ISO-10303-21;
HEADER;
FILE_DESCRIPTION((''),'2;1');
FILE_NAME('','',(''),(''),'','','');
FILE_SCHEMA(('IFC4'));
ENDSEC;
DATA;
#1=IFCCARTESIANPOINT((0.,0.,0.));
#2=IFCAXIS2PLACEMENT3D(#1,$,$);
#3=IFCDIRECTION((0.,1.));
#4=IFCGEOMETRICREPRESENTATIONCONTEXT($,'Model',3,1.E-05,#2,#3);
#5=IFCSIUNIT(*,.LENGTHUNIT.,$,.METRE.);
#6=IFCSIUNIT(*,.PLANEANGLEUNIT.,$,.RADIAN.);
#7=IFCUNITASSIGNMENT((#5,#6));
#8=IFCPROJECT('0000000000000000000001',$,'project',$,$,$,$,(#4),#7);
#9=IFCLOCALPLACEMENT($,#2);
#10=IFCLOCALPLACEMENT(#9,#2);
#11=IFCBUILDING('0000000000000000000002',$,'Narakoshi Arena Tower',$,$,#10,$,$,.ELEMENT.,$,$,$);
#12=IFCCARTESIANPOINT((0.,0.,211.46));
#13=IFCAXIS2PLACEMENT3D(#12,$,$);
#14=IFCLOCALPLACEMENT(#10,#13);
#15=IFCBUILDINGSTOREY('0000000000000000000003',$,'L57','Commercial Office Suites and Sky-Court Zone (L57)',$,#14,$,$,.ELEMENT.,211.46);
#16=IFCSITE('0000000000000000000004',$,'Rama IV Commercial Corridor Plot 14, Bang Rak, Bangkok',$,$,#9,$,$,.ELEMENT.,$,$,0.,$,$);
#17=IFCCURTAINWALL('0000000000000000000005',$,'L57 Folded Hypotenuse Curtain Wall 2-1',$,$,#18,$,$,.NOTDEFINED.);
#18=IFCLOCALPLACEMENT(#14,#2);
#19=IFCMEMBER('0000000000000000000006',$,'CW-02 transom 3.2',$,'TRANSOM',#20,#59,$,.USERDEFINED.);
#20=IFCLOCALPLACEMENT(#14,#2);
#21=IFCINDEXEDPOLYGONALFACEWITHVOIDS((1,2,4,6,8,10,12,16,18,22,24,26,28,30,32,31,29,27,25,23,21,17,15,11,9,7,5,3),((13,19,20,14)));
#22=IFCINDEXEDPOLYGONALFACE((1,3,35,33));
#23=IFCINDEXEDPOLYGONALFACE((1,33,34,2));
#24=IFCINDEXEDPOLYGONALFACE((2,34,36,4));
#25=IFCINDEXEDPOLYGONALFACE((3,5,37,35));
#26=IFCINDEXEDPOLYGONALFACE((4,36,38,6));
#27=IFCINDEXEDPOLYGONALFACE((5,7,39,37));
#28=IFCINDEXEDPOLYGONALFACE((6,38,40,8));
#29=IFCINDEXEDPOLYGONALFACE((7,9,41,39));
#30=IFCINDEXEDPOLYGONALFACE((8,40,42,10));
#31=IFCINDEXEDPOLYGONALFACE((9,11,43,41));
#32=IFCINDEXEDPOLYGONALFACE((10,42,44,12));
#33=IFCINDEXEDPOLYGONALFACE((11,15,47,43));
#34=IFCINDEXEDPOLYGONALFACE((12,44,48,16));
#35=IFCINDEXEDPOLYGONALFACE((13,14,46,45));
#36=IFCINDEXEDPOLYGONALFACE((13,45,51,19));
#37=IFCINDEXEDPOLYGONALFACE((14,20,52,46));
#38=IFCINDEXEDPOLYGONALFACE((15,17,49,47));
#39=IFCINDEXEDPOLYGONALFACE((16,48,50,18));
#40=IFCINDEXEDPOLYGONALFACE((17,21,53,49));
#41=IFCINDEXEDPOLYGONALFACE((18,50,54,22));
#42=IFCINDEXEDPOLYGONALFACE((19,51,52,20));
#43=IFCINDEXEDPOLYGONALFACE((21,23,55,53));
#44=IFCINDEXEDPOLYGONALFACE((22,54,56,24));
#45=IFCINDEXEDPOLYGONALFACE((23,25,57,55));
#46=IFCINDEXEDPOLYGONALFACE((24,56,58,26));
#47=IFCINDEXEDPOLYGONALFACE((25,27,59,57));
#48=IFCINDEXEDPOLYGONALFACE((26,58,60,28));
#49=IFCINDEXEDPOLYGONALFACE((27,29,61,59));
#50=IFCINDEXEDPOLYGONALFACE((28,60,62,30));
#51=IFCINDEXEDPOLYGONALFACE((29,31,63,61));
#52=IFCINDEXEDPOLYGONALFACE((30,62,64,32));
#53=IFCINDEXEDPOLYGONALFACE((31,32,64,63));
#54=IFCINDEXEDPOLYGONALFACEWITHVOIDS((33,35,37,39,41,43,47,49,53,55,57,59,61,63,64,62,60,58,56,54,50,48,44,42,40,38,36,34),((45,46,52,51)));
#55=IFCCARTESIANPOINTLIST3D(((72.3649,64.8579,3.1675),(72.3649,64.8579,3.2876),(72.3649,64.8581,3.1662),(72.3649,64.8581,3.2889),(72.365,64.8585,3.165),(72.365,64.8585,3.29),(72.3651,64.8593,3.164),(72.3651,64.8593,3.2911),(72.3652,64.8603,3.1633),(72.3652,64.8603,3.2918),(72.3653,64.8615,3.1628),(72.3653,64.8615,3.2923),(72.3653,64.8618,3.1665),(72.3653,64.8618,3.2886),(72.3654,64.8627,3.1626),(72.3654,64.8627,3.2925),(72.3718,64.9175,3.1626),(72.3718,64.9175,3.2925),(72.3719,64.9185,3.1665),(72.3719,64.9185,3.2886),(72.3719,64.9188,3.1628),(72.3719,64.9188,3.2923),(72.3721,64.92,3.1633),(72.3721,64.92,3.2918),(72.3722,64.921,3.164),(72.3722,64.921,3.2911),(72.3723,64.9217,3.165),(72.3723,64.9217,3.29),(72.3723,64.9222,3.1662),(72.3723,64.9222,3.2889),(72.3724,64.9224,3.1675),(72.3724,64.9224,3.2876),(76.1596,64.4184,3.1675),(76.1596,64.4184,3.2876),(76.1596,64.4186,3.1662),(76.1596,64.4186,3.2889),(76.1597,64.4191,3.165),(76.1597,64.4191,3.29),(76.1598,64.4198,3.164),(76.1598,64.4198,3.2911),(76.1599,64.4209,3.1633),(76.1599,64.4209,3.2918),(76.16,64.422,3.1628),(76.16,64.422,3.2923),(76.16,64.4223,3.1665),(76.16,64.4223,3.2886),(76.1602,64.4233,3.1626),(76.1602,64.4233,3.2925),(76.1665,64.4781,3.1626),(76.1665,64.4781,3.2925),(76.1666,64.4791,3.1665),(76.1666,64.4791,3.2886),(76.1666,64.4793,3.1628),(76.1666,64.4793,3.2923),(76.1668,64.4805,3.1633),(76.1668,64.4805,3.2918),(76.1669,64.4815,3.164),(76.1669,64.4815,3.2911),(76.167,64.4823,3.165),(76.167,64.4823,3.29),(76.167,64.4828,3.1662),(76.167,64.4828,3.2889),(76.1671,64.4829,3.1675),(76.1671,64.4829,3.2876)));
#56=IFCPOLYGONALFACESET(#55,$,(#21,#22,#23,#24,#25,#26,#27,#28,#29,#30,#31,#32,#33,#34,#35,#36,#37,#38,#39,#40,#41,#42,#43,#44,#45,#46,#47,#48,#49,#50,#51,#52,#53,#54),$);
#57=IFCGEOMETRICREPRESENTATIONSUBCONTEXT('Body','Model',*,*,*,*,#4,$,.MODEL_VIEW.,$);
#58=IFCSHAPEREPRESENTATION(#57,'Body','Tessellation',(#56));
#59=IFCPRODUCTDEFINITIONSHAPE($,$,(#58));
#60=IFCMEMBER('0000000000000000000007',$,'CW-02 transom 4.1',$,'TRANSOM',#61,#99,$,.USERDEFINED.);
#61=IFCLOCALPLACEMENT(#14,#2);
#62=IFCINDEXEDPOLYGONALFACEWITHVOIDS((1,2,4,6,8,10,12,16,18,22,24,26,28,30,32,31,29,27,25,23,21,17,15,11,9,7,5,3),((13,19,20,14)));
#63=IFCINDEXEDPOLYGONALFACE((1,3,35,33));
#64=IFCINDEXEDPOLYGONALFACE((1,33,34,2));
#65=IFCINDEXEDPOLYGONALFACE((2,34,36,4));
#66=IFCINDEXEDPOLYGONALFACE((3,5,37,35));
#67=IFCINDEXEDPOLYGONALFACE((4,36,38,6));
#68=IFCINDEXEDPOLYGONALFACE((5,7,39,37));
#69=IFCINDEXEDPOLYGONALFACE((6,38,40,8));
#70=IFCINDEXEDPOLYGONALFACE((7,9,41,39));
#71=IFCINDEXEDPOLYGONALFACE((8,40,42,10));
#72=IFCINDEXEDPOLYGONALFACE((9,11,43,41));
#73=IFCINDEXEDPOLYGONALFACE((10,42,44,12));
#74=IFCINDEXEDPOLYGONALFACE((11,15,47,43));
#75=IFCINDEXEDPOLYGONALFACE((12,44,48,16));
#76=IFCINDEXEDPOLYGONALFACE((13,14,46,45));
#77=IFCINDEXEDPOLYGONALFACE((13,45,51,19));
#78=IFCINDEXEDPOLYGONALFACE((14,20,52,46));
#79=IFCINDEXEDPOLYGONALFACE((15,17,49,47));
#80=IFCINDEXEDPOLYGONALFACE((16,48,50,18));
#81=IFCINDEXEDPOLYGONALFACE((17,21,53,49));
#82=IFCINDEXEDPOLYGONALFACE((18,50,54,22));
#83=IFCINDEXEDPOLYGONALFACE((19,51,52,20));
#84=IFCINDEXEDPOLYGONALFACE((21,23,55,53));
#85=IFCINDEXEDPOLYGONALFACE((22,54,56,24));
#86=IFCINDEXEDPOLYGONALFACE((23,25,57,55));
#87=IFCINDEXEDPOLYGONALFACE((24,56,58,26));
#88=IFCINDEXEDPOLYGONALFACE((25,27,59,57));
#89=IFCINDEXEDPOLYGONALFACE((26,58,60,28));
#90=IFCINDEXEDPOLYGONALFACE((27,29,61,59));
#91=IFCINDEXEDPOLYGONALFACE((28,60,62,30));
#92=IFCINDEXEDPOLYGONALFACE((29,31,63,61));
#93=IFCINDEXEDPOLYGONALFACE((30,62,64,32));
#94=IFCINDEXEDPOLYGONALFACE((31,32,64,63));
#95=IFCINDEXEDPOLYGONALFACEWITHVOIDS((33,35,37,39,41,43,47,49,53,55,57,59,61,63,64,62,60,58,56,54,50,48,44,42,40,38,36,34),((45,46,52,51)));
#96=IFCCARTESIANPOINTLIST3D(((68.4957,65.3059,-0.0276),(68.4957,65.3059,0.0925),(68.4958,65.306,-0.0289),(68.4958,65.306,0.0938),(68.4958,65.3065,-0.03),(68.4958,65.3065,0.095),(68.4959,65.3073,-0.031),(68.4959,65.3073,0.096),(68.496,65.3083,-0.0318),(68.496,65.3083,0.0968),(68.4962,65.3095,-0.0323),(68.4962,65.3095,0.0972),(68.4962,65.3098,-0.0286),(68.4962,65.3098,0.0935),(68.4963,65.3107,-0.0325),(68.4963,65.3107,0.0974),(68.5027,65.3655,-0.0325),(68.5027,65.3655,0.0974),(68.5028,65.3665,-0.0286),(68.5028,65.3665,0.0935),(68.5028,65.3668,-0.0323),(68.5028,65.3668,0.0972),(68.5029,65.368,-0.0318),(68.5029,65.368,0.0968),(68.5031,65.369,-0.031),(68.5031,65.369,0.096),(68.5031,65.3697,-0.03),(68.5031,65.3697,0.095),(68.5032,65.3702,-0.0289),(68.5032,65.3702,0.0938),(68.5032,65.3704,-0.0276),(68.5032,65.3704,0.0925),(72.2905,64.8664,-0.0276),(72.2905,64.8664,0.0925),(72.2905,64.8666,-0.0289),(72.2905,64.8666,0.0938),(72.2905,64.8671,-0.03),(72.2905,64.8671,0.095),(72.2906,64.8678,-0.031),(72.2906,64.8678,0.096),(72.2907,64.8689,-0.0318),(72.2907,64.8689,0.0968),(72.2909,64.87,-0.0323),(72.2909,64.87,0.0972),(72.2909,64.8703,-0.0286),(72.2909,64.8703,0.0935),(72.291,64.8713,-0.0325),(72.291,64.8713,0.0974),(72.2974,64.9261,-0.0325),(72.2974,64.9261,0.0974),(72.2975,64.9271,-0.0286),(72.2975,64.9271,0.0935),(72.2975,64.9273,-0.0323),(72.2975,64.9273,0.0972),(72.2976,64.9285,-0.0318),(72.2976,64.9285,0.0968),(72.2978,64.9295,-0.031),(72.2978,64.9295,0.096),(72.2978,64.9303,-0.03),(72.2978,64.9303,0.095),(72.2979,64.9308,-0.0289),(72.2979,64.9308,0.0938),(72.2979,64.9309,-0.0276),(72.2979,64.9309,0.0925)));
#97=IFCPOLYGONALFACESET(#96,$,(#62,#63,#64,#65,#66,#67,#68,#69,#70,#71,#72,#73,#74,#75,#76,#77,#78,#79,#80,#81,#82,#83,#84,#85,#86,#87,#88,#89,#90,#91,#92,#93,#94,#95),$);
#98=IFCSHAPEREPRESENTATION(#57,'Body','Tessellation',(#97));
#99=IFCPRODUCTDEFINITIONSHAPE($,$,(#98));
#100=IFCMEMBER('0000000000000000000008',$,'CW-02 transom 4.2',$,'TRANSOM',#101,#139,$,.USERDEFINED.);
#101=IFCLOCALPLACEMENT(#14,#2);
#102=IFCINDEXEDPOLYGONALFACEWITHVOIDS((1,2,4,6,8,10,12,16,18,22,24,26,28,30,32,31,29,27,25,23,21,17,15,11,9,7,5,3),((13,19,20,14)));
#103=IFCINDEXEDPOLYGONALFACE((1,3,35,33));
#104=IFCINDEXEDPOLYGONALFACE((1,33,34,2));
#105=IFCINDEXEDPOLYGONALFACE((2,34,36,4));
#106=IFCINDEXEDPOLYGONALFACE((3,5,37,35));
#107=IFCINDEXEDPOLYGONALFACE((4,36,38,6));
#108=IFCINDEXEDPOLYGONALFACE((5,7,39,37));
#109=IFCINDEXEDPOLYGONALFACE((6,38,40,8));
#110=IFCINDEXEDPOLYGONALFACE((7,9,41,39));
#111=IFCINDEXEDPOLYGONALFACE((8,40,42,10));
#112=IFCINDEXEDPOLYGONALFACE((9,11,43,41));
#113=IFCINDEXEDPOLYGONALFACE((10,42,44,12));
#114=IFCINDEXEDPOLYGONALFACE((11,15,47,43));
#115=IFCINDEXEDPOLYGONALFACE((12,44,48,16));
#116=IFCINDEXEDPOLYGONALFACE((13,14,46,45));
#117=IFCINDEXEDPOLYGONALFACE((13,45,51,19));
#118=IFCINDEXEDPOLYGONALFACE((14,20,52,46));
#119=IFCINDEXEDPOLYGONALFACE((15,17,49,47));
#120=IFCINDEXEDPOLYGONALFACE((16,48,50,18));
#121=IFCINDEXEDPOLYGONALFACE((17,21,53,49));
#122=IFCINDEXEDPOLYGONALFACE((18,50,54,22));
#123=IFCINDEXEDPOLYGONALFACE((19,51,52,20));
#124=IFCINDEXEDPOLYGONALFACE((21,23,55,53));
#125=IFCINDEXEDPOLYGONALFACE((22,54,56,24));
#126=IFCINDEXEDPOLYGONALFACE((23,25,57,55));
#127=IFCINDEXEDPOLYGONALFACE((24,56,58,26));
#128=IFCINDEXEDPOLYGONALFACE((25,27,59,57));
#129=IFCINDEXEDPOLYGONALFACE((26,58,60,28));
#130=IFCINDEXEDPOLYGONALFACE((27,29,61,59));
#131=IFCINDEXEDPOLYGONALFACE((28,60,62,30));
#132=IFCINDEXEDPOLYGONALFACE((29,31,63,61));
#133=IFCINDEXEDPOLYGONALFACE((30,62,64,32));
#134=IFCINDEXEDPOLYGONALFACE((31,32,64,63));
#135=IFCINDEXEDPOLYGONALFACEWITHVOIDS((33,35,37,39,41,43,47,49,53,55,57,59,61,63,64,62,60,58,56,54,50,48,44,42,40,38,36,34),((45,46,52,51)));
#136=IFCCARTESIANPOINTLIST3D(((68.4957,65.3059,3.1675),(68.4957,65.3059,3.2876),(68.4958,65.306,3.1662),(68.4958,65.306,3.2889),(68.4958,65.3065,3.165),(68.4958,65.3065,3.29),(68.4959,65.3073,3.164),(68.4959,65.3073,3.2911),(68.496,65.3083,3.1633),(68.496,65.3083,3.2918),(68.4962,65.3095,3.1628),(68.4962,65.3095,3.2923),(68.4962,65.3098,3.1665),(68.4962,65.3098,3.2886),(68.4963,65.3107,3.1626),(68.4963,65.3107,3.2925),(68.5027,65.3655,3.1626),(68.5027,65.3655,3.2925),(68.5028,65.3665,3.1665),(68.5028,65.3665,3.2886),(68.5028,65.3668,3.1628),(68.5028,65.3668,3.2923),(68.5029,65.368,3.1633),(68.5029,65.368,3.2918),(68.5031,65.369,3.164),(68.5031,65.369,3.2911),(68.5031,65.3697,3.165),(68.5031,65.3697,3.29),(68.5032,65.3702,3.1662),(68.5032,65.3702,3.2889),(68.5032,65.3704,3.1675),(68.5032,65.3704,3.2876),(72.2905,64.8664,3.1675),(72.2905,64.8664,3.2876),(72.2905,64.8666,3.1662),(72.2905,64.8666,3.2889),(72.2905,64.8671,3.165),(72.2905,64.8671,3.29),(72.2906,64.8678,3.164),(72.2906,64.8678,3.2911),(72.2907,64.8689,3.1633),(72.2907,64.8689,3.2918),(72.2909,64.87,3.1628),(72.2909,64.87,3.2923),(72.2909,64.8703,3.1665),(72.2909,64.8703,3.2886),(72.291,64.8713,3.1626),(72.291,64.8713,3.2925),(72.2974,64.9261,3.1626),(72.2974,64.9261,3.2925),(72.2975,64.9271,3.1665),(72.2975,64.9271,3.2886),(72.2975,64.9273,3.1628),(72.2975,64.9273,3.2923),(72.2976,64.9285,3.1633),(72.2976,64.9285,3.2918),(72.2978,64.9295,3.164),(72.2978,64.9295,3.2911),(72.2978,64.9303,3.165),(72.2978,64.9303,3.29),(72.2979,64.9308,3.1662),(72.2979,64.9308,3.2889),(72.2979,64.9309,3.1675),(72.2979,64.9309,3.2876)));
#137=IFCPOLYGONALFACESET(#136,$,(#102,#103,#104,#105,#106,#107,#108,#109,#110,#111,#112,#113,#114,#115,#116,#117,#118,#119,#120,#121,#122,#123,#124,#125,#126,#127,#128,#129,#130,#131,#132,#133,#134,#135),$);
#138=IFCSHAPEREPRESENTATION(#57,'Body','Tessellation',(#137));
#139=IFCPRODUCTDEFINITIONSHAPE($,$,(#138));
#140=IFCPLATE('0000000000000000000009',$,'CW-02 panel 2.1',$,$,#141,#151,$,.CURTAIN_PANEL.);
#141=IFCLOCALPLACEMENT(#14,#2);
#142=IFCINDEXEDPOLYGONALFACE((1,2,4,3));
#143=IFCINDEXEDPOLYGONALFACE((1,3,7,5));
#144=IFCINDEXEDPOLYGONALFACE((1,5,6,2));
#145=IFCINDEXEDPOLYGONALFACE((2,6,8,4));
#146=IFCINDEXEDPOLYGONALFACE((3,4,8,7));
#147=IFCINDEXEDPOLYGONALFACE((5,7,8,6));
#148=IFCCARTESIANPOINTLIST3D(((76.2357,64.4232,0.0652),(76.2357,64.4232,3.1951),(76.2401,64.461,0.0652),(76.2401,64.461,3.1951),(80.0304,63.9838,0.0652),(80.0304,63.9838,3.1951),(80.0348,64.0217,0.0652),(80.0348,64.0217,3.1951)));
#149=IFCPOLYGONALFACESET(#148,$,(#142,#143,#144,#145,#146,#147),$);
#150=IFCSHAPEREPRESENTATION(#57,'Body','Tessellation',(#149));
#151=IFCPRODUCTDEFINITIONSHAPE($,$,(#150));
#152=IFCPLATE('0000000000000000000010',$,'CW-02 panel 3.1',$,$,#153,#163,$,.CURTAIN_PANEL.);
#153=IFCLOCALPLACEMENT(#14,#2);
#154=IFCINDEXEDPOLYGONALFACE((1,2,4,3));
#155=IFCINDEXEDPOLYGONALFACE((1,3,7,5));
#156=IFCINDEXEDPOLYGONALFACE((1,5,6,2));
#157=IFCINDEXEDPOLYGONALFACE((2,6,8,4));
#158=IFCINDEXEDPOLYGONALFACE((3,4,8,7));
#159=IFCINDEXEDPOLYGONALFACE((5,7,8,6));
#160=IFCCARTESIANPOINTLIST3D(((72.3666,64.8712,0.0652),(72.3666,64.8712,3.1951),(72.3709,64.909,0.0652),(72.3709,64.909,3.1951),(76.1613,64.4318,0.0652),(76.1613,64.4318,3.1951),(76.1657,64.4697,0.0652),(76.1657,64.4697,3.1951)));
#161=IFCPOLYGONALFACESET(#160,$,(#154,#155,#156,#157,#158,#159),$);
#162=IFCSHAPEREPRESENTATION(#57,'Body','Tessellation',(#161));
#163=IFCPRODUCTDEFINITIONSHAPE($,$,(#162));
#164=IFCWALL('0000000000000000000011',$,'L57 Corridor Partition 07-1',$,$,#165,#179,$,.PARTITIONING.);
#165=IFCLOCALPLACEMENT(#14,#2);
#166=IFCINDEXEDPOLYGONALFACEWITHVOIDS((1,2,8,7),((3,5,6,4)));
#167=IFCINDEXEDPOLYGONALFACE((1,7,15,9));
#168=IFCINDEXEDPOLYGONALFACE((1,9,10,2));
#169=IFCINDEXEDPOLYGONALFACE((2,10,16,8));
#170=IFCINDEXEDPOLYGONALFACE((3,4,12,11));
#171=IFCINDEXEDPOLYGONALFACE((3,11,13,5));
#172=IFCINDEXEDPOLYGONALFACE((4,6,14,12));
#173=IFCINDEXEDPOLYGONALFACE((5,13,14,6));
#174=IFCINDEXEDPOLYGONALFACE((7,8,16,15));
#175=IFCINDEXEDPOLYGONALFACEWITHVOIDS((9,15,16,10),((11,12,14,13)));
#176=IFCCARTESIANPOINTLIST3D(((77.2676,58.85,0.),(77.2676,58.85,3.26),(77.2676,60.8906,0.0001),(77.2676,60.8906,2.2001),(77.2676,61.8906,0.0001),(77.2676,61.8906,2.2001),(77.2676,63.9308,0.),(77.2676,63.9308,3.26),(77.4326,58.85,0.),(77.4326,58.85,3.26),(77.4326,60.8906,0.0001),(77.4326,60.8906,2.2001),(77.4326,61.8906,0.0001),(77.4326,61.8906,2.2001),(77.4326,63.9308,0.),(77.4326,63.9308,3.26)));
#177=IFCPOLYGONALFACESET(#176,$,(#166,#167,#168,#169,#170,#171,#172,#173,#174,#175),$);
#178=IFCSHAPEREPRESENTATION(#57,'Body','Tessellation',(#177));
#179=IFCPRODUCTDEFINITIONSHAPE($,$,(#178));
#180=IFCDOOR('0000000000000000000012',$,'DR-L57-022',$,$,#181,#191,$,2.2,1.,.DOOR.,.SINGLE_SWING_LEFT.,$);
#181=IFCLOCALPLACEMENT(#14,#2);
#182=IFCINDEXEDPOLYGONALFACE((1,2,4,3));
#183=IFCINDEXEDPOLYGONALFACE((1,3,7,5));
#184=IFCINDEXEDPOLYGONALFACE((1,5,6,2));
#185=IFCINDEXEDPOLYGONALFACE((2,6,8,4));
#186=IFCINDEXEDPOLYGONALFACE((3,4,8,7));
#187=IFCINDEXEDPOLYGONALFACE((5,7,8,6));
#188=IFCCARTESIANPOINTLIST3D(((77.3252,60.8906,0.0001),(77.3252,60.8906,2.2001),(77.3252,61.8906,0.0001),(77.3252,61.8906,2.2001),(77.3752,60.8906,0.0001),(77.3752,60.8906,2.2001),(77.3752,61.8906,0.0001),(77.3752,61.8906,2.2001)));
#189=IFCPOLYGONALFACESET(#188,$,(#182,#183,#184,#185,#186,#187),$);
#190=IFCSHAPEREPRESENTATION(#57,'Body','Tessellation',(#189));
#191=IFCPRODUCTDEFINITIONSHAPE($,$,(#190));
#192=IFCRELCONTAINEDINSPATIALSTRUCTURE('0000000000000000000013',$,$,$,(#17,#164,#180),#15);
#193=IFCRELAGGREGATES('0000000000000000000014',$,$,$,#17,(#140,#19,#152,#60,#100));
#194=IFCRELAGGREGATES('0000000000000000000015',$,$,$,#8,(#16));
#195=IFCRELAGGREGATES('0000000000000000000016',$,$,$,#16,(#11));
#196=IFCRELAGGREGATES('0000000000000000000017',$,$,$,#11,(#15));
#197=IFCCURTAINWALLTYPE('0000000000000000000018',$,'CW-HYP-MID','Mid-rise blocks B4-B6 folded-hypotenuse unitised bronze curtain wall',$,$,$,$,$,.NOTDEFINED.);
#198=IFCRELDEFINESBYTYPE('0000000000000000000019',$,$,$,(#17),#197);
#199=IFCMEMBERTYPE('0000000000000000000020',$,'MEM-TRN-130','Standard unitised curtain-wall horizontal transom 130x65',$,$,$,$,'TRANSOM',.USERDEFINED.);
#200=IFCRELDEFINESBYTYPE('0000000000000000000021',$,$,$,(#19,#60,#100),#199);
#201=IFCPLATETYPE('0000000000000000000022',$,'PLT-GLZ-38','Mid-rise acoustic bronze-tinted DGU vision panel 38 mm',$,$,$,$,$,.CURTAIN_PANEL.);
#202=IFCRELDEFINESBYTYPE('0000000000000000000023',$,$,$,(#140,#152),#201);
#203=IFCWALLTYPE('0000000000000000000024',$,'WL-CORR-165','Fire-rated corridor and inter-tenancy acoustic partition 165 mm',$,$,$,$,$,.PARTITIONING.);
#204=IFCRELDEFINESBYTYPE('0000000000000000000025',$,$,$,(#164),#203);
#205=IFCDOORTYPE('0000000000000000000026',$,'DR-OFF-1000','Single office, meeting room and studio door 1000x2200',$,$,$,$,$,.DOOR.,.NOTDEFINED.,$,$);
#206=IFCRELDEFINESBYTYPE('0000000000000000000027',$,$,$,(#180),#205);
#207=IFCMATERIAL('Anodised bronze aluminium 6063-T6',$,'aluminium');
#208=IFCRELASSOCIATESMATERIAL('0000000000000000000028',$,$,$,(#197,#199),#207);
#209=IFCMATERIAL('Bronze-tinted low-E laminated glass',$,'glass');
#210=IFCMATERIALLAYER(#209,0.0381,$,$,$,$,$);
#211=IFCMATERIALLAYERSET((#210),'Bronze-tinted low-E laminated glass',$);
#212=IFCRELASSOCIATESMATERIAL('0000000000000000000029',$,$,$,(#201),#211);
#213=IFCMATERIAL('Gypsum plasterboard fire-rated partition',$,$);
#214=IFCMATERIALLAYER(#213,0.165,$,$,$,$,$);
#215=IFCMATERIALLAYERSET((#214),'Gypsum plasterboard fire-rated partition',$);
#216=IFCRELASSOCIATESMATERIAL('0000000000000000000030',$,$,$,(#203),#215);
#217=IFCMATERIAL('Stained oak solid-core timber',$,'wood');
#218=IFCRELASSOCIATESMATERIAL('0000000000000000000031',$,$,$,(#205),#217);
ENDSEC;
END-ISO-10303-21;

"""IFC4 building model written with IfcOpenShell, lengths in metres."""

from ifc_helpers import new_model, si_unit, direction, frame, frame_2d, origin, origin_2d, place, context, subcontext, project, spatial, rectangle, hollow_rectangle, extrude, material, layer, layer_set, material_profile, profile_set, type_object, element, fill, aggregate, save


model = new_model("IFC4")

# Units and contexts
model_context = context("Model", 3, precision=1e-05, world=origin(), true_north=direction((0.0, 1.0)))
body_context = subcontext(model_context, "Body", "Model", "MODEL_VIEW")
ifc_project = project(units=[si_unit("LENGTHUNIT", "METRE"), si_unit("PLANEANGLEUNIT", "RADIAN")], contexts=[model_context])

# Site, building, storey
site_placement = place(None, origin())
site = spatial("IfcSite", under=ifc_project, at=site_placement, Name="Rama IV Commercial Corridor Plot 14, Bang Rak, Bangkok", CompositionType="ELEMENT", RefElevation=0.0)
building_placement = place(site_placement, origin())
building = spatial("IfcBuilding", under=site, at=building_placement, Name="Narakoshi Arena Tower", CompositionType="ELEMENT")
storey_placement = place(building_placement, frame((0.0, 0.0, 211.46)))
storey = spatial("IfcBuildingStorey", under=building, at=storey_placement, Name="L57", Description="Commercial Office Suites and Sky-Court Zone (L57)", CompositionType="ELEMENT", Elevation=211.46)

# Curtain wall, members, plates
ifc_material_1 = material(Name="Anodised bronze aluminium 6063-T6", Category="aluminium")
curtain_wall_type = type_object("IfcCurtainWallType", Name="CW-HYP-MID", Description="Mid-rise blocks B4-B6 folded-hypotenuse unitised bronze curtain wall", PredefinedType="NOTDEFINED", material=ifc_material_1)
curtain_wall_placement = place(storey_placement, origin())
curtain_wall = element("IfcCurtainWall", 1, at=curtain_wall_placement, inside=storey, type_object=curtain_wall_type, Name="L57 Folded Hypotenuse Curtain Wall 2-1", PredefinedType="NOTDEFINED")
ifc_material_profile_1 = material_profile(ifc_material_1, hollow_rectangle(XDim=0.0649, YDim=0.1299, WallThickness=0.0039, OuterFilletRadius=0.0049, at=origin_2d()), Name="TRN130x65x4")
ifc_profile_set_1 = profile_set([ifc_material_profile_1], Name="Anodised bronze aluminium 6063-T6")
member_type_1 = type_object("IfcMemberType", Name="MEM-TRN-130", Description="Standard unitised curtain-wall horizontal transom 130x65", ElementType="TRANSOM", PredefinedType="USERDEFINED", material=ifc_profile_set_1)
member_1_placement = place(storey_placement, frame((76.1633, 64.4507, 3.2275), z_axis=(-0.993361, 0.115039, 0.0), x_axis=(-0.115039, -0.993361, 0.0)))
member_1 = element("IfcMember", 2, at=member_1_placement, type_object=member_type_1, Name="CW-02 transom 3.2", ObjectType="TRANSOM", PredefinedType="USERDEFINED", context=body_context, shape_type="SweptSolid", body=[
    extrude(hollow_rectangle(XDim=0.0649, YDim=0.1299, WallThickness=0.0039, OuterFilletRadius=0.0049, at=origin_2d()), origin(), (0.0, 0.0, 1.0), 3.8201),
])
member_2_placement = place(storey_placement, frame((72.2942, 64.8987, 0.0325), z_axis=(-0.993361, 0.115039, 0.0), x_axis=(-0.115039, -0.993361, 0.0)))
member_2 = element("IfcMember", 3, at=member_2_placement, type_object=member_type_1, Name="CW-02 transom 4.1", ObjectType="TRANSOM", PredefinedType="USERDEFINED", context=body_context, shape_type="SweptSolid", body=[
    extrude(hollow_rectangle(XDim=0.0649, YDim=0.1299, WallThickness=0.0039, OuterFilletRadius=0.0049, at=origin_2d()), origin(), (0.0, 0.0, 1.0), 3.8201),
])
member_3_placement = place(storey_placement, frame((72.2942, 64.8987, 3.2275), z_axis=(-0.993361, 0.115039, 0.0), x_axis=(-0.115039, -0.993361, 0.0)))
member_3 = element("IfcMember", 4, at=member_3_placement, type_object=member_type_1, Name="CW-02 transom 4.2", ObjectType="TRANSOM", PredefinedType="USERDEFINED", context=body_context, shape_type="SweptSolid", body=[
    extrude(hollow_rectangle(XDim=0.0649, YDim=0.1299, WallThickness=0.0039, OuterFilletRadius=0.0049, at=origin_2d()), origin(), (0.0, 0.0, 1.0), 3.8201),
])
ifc_material_2 = material(Name="Bronze-tinted low-E laminated glass", Category="glass")
ifc_layer_1 = layer(ifc_material_2, 0.0381)
ifc_layer_set_1 = layer_set([ifc_layer_1], Name="Bronze-tinted low-E laminated glass")
plate_type = type_object("IfcPlateType", Name="PLT-GLZ-38", Description="Mid-rise acoustic bronze-tinted DGU vision panel 38 mm", PredefinedType="CURTAIN_PANEL", material=ifc_layer_set_1)
plate_1_placement = place(storey_placement, frame((78.1353, 64.2224, 0.0652), z_axis=(0.0, 0.0, 1.0), x_axis=(-0.993364, 0.115011, 0.0)))
plate_1 = element("IfcPlate", 5, at=plate_1_placement, type_object=plate_type, Name="CW-02 panel 2.1", PredefinedType="CURTAIN_PANEL", context=body_context, shape_type="SweptSolid", body=[
    extrude(rectangle(XDim=3.8201, YDim=0.0381, at=origin_2d()), origin(), (0.0, 0.0, 1.0), 3.1299),
])
plate_2_placement = place(storey_placement, frame((74.2661, 64.6704, 0.0652), z_axis=(0.0, 0.0, 1.0), x_axis=(-0.993364, 0.115011, 0.0)))
plate_2 = element("IfcPlate", 6, at=plate_2_placement, type_object=plate_type, Name="CW-02 panel 3.1", PredefinedType="CURTAIN_PANEL", context=body_context, shape_type="SweptSolid", body=[
    extrude(rectangle(XDim=3.8201, YDim=0.0381, at=origin_2d()), origin(), (0.0, 0.0, 1.0), 3.1299),
])
aggregate(curtain_wall, [plate_1, member_1, plate_2, member_2, member_3])

# Wall, opening, door
ifc_material_3 = material(Name="Gypsum plasterboard fire-rated partition")
ifc_layer_2 = layer(ifc_material_3, 0.165)
ifc_layer_set_2 = layer_set([ifc_layer_2], Name="Gypsum plasterboard fire-rated partition")
wall_type_1 = type_object("IfcWallType", Name="WL-CORR-165", Description="Fire-rated corridor and inter-tenancy acoustic partition 165 mm", PredefinedType="PARTITIONING", material=ifc_layer_set_2)
wall_1_placement = place(storey_placement, frame((77.3501, 63.9309, 0.0), z_axis=(0.0, 0.0, 1.0), x_axis=(0.0, -1.0, 0.0)))
wall_1 = element("IfcWall", 7, at=wall_1_placement, inside=storey, type_object=wall_type_1, Name="L57 Corridor Partition 07-1", PredefinedType="PARTITIONING", context=body_context, shape_type="SweptSolid", body=[
    extrude(rectangle(XDim=5.0808, YDim=0.165, at=frame_2d((2.5405, 0.0))), origin(), (0.0, 0.0, 1.0), 3.26),
])
opening_placement = place(wall_1_placement, frame((2.0403, 0.0, 0.0)))
opening = element("IfcOpeningElement", 8, at=opening_placement, cuts=wall_1, PredefinedType="OPENING", context=body_context, shape_type="SweptSolid", body=[
    extrude(rectangle(XDim=1.0, YDim=2.2, at=frame_2d((0.5, 1.1001))), frame((0.0, 0.0925, 0.0), z_axis=(0.0, -1.0, 0.0), x_axis=(1.0, 0.0, 0.0)), (0.0, 0.0, 1.0), 0.1851),
])
ifc_material_4 = material(Name="Stained oak solid-core timber", Category="wood")
door_type = type_object("IfcDoorType", Name="DR-OFF-1000", Description="Single office, meeting room and studio door 1000x2200", OperationType="NOTDEFINED", PredefinedType="DOOR", material=ifc_material_4)
door_placement = place(opening_placement, frame((1.0, 0.0, 0.0), z_axis=(0.0, 0.0, 1.0), x_axis=(-1.0, 0.0, 0.0)))
door = element("IfcDoor", 9, at=door_placement, inside=storey, type_object=door_type, Name="DR-L57-022", OperationType="SINGLE_SWING_LEFT", OverallHeight=2.2, OverallWidth=1.0, PredefinedType="DOOR", context=body_context, shape_type="SweptSolid", body=[
    extrude(rectangle(XDim=1.0, YDim=2.2, at=frame_2d((0.5, 1.1001))), frame((0.0, 0.0249, 0.0), z_axis=(0.0, -1.0, 0.0), x_axis=(1.0, 0.0, 0.0)), (0.0, 0.0, 1.0), 0.05),
])
fill(opening, door)

save(model, "model.ifc")
